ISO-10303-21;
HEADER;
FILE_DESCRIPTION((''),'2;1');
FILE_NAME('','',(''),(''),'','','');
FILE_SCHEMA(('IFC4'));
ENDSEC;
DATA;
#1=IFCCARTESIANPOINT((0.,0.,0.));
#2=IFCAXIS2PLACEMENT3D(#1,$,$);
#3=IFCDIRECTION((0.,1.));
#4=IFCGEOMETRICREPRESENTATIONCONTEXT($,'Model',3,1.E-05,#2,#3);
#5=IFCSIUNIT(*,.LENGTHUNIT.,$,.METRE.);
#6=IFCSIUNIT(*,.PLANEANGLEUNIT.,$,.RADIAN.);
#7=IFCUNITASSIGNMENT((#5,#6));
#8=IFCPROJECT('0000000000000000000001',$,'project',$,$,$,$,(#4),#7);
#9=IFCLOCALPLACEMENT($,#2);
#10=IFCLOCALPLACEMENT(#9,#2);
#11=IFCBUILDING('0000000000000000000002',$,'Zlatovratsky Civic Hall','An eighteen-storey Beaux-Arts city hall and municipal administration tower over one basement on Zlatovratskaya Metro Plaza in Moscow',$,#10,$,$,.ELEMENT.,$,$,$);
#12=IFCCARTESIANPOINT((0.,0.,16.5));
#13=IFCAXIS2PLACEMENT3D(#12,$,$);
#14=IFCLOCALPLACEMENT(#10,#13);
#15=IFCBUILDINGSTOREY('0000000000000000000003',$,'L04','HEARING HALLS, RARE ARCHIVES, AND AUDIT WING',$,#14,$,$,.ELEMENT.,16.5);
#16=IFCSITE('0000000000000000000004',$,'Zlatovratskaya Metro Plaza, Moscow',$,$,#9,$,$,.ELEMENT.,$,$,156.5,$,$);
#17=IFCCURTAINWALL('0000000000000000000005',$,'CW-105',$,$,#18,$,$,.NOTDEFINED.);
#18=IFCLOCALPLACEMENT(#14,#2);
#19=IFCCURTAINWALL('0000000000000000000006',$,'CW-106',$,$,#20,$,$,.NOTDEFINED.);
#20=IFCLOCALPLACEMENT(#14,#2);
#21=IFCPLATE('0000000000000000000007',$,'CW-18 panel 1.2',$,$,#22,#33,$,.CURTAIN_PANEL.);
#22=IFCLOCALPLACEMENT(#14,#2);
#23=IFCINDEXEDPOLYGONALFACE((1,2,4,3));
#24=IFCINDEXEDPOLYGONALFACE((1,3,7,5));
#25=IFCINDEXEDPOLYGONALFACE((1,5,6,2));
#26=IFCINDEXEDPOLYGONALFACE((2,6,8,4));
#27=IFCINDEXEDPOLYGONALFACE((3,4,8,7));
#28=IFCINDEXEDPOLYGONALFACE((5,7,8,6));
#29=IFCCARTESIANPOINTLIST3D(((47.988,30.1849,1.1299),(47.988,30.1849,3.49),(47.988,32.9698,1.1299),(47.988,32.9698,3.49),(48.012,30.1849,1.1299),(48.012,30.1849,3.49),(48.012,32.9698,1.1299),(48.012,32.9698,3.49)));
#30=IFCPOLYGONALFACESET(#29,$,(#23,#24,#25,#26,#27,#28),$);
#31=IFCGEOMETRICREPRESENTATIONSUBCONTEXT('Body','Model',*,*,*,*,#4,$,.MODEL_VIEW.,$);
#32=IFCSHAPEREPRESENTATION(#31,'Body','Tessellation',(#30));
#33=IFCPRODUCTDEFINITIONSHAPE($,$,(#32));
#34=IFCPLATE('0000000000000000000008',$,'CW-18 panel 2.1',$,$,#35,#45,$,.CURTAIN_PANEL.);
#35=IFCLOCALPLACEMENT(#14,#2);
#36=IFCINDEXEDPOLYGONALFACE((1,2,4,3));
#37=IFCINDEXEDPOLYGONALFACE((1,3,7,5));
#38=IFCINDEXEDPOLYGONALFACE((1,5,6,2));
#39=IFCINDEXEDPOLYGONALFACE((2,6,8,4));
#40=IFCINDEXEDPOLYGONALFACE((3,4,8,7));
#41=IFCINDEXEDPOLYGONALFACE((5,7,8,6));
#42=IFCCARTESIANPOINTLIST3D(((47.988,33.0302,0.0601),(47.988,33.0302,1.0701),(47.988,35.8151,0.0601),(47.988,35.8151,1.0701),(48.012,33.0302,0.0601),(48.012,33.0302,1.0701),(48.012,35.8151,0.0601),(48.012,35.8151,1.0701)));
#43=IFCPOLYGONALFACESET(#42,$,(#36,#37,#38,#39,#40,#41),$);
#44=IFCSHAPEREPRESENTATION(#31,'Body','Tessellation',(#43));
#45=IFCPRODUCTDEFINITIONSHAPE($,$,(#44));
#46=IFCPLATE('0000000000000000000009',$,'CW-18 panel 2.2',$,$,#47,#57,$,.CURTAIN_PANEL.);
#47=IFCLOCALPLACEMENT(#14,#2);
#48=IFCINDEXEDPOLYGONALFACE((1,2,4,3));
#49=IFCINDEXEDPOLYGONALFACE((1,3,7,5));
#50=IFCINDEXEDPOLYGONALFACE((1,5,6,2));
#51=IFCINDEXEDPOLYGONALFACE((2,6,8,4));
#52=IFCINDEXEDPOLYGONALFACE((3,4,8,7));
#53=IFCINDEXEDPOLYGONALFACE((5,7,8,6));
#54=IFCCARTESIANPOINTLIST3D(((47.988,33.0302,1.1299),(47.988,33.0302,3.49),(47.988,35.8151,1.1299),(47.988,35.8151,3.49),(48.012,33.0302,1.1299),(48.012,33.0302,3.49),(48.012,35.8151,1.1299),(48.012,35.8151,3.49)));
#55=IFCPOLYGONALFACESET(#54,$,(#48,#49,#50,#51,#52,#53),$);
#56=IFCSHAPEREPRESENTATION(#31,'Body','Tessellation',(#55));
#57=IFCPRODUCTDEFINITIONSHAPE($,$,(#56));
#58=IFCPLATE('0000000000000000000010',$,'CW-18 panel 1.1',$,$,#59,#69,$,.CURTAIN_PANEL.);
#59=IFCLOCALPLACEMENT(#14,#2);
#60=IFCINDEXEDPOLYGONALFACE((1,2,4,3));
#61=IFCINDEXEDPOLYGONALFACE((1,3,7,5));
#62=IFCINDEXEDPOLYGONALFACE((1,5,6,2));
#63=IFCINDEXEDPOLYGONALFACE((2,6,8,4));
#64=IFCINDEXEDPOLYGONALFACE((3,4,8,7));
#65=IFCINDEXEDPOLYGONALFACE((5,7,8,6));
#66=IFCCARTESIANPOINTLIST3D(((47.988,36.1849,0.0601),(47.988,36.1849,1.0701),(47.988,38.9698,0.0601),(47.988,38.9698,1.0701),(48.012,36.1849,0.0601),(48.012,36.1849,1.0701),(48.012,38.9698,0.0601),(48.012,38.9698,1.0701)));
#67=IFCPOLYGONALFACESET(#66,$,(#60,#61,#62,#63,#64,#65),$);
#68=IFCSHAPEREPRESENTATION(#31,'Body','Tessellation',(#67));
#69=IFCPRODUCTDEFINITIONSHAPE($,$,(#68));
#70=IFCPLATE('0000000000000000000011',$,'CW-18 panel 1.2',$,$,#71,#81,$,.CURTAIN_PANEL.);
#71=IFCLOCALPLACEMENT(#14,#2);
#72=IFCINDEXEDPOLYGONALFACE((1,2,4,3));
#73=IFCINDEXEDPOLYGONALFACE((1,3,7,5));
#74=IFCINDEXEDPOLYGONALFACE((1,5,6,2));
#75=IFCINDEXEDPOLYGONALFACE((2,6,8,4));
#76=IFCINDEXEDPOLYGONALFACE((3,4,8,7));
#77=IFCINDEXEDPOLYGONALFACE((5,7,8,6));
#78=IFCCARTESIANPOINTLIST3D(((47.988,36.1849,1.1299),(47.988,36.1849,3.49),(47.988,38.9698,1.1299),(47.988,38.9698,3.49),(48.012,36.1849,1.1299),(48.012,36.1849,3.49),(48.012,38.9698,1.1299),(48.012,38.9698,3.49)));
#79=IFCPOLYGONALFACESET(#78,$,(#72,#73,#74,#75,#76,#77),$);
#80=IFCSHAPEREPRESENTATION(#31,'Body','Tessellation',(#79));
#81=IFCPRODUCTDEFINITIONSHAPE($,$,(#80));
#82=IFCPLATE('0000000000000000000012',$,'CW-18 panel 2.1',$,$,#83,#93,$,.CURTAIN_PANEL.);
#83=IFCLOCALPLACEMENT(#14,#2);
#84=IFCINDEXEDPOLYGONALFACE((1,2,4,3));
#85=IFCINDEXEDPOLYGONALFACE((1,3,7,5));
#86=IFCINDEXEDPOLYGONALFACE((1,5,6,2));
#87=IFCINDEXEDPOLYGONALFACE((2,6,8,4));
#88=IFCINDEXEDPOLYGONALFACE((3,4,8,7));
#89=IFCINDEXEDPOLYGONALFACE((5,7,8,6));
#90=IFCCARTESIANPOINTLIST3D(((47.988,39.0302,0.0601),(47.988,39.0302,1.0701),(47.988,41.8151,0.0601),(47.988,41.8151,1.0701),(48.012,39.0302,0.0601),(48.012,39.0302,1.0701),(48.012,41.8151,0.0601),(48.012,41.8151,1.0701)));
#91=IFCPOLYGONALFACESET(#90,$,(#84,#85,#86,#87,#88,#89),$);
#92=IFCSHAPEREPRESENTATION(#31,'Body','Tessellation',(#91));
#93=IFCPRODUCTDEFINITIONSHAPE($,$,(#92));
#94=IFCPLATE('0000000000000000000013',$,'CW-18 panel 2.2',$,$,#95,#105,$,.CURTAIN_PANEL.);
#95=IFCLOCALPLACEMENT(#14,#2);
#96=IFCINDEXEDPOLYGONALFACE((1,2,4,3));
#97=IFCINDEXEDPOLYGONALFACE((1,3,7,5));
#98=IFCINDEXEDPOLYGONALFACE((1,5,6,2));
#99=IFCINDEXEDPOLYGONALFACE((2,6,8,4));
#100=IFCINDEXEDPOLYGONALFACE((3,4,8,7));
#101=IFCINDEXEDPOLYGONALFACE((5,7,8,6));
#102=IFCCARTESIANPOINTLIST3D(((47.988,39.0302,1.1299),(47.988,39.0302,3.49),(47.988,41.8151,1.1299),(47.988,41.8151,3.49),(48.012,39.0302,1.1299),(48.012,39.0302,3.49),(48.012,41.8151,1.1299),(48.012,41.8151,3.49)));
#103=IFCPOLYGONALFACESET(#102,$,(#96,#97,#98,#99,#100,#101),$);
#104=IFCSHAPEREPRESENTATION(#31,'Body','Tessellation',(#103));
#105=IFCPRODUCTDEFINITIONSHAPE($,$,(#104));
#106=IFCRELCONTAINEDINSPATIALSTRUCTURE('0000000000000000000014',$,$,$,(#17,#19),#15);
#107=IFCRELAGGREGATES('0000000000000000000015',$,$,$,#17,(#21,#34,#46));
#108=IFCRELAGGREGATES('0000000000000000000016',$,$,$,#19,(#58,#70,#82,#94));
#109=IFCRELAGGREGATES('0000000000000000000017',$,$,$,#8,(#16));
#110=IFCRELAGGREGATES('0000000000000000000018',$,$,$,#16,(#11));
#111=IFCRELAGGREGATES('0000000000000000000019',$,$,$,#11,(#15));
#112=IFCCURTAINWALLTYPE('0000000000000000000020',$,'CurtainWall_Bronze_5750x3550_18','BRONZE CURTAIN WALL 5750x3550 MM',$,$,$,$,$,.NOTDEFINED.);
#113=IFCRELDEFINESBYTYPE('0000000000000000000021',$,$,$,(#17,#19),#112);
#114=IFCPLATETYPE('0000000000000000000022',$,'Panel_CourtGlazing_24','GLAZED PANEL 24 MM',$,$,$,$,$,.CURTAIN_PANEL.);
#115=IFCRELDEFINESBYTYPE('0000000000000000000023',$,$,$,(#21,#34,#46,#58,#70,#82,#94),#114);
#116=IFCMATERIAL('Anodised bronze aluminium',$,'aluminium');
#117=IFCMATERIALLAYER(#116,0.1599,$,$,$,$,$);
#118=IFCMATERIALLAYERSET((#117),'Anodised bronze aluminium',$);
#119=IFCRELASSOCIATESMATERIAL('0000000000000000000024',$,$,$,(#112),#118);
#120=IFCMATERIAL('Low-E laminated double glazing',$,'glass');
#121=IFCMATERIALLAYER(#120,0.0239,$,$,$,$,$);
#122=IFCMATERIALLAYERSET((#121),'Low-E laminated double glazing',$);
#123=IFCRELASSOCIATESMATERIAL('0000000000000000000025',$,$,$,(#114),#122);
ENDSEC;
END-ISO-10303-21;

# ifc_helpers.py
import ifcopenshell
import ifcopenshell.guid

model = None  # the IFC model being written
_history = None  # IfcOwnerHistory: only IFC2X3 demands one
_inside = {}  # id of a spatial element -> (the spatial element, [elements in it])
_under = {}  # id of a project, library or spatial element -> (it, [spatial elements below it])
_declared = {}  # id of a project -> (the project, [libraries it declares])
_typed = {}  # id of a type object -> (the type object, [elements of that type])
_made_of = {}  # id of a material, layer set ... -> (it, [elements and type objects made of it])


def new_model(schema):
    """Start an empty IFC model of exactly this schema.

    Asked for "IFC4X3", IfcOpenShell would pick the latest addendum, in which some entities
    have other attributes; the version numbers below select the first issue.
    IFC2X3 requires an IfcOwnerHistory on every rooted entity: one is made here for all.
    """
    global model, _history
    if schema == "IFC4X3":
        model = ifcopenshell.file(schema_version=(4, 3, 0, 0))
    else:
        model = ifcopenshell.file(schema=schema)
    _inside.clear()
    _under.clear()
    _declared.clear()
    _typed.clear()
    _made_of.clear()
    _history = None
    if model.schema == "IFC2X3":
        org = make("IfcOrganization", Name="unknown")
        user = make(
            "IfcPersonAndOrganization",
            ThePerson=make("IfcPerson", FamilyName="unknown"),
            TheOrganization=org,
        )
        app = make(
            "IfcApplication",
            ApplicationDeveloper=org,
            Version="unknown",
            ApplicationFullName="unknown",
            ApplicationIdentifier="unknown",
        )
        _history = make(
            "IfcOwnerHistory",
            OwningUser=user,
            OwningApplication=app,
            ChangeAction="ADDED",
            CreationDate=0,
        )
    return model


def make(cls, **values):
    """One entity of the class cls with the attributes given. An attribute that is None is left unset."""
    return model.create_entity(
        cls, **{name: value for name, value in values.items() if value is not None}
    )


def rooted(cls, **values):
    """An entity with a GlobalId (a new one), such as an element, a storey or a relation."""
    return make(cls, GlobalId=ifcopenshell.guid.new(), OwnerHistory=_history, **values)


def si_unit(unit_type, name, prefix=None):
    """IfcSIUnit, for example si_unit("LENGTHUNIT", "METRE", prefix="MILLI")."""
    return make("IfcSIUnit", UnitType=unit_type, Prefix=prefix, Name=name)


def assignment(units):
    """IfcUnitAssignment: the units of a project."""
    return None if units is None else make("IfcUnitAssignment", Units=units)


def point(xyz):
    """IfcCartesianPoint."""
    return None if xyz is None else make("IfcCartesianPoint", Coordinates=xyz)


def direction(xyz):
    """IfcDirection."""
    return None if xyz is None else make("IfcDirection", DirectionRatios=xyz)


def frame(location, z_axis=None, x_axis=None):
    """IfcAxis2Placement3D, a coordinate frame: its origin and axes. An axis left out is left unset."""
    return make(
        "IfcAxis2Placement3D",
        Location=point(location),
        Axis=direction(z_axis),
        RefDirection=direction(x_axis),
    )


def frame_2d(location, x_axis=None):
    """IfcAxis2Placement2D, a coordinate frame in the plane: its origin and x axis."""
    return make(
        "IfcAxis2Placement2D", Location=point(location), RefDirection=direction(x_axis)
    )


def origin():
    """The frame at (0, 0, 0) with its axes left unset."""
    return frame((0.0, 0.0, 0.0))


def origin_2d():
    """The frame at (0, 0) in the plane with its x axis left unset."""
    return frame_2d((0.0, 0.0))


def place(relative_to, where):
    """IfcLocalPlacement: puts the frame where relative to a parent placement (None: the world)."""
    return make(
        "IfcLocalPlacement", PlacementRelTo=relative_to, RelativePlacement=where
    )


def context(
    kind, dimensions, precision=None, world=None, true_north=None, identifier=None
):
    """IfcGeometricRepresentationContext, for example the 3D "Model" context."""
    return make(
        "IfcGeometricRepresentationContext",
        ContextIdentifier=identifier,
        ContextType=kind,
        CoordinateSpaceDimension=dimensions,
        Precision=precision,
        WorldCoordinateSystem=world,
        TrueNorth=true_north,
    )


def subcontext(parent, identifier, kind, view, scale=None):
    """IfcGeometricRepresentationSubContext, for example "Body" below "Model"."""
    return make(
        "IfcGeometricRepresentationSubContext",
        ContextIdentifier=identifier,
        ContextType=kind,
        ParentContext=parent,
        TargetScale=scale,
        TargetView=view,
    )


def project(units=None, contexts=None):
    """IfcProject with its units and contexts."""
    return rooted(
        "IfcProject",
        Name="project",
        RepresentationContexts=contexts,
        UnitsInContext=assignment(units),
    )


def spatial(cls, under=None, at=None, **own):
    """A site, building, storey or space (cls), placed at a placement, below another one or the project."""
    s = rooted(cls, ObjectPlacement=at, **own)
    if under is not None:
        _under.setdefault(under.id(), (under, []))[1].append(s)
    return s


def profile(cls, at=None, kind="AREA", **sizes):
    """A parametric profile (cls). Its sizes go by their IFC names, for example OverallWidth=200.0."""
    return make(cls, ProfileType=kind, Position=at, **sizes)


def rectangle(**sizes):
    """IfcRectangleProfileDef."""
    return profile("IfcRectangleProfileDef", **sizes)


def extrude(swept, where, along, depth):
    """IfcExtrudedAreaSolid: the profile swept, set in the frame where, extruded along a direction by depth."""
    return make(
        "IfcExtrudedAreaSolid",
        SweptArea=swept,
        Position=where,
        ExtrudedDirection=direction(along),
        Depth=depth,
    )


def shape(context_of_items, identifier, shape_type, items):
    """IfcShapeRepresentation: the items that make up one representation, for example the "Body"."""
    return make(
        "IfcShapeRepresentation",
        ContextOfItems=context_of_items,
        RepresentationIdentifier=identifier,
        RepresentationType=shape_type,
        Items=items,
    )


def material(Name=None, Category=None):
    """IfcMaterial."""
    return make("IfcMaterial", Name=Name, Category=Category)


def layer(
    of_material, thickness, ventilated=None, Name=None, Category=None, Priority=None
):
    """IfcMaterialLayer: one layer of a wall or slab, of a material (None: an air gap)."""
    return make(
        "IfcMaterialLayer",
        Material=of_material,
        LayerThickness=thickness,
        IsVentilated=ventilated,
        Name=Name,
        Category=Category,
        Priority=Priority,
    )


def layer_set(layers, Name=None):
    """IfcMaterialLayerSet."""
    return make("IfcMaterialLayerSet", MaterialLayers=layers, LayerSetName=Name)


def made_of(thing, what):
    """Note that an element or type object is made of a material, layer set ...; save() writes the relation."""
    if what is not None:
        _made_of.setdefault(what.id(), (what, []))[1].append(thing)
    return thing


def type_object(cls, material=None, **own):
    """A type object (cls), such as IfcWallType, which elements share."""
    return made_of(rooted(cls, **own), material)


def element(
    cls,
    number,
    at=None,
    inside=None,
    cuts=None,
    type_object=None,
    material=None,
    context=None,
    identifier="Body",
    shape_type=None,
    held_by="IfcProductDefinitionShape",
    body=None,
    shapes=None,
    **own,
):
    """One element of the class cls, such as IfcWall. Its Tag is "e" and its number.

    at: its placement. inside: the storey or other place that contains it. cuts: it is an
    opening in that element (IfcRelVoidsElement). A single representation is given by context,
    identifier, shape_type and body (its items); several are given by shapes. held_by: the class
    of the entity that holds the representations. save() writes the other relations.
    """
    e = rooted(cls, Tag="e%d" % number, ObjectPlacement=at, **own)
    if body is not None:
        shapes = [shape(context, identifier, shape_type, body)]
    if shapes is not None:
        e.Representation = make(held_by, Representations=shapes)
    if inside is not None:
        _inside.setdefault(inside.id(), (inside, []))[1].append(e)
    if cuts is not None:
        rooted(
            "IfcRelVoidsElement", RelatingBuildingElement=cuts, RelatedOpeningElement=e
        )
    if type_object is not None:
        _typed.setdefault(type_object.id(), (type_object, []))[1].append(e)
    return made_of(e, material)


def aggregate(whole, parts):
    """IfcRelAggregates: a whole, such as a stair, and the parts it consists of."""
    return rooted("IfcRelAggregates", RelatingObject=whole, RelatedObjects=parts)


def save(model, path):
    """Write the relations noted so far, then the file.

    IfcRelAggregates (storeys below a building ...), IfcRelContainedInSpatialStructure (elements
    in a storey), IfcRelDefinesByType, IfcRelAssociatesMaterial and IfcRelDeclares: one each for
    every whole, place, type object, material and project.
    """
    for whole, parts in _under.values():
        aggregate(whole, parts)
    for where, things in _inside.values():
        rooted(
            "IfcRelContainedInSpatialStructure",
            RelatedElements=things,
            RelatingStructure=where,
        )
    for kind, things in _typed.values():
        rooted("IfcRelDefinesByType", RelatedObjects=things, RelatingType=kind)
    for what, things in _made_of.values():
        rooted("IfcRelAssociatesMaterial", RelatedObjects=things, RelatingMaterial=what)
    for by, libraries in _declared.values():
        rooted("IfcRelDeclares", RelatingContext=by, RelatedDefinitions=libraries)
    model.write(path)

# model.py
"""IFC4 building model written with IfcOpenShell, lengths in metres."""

from ifc_helpers import new_model, si_unit, direction, frame, origin, origin_2d, place, context, subcontext, project, spatial, rectangle, extrude, material, layer, layer_set, type_object, element, aggregate, save


model = new_model("IFC4")

# Units and contexts
model_context = context("Model", 3, precision=1e-05, world=origin(), true_north=direction((0.0, 1.0)))
body_context = subcontext(model_context, "Body", "Model", "MODEL_VIEW")
ifc_project = project(units=[si_unit("LENGTHUNIT", "METRE"), si_unit("PLANEANGLEUNIT", "RADIAN")], contexts=[model_context])

# Site, building, storey
site_placement = place(None, origin())
site = spatial("IfcSite", under=ifc_project, at=site_placement, Name="Zlatovratskaya Metro Plaza, Moscow", CompositionType="ELEMENT", RefElevation=156.5)
building_placement = place(site_placement, origin())
building = spatial("IfcBuilding", under=site, at=building_placement, Name="Zlatovratsky Civic Hall", Description="An eighteen-storey Beaux-Arts city hall and municipal administration tower over one basement on Zlatovratskaya Metro Plaza in Moscow", CompositionType="ELEMENT")
storey_placement = place(building_placement, frame((0.0, 0.0, 16.5)))
storey = spatial("IfcBuildingStorey", under=building, at=storey_placement, Name="L04", Description="HEARING HALLS, RARE ARCHIVES, AND AUDIT WING", CompositionType="ELEMENT", Elevation=16.5)

# Curtain walls
ifc_material_1 = material(Name="Anodised bronze aluminium", Category="aluminium")
ifc_layer_1 = layer(ifc_material_1, 0.1599)
ifc_layer_set_1 = layer_set([ifc_layer_1], Name="Anodised bronze aluminium")
curtain_wall_type = type_object("IfcCurtainWallType", Name="CurtainWall_Bronze_5750x3550_18", Description="BRONZE CURTAIN WALL 5750x3550 MM", PredefinedType="NOTDEFINED", material=ifc_layer_set_1)
curtain_wall_1_placement = place(storey_placement, origin())
curtain_wall_1 = element("IfcCurtainWall", 1, at=curtain_wall_1_placement, inside=storey, type_object=curtain_wall_type, Name="CW-105", PredefinedType="NOTDEFINED")
curtain_wall_2_placement = place(storey_placement, origin())
curtain_wall_2 = element("IfcCurtainWall", 2, at=curtain_wall_2_placement, inside=storey, type_object=curtain_wall_type, Name="CW-106", PredefinedType="NOTDEFINED")

# Plates
ifc_material_2 = material(Name="Low-E laminated double glazing", Category="glass")
ifc_layer_2 = layer(ifc_material_2, 0.0239)
ifc_layer_set_2 = layer_set([ifc_layer_2], Name="Low-E laminated double glazing")
plate_type = type_object("IfcPlateType", Name="Panel_CourtGlazing_24", Description="GLAZED PANEL 24 MM", PredefinedType="CURTAIN_PANEL", material=ifc_layer_set_2)
plate_1_placement = place(storey_placement, frame((48.0, 31.5774, 1.1299), z_axis=(0.0, 0.0, 1.0), x_axis=(0.0, 1.0, 0.0)))
plate_1 = element("IfcPlate", 3, at=plate_1_placement, type_object=plate_type, Name="CW-18 panel 1.2", PredefinedType="CURTAIN_PANEL", context=body_context, shape_type="SweptSolid", body=[
    extrude(rectangle(XDim=2.7849, YDim=0.0239, at=origin_2d()), origin(), (0.0, 0.0, 1.0), 2.3601),
])
plate_2_placement = place(storey_placement, frame((48.0, 34.4226, 0.0601), z_axis=(0.0, 0.0, 1.0), x_axis=(0.0, 1.0, 0.0)))
plate_2 = element("IfcPlate", 4, at=plate_2_placement, type_object=plate_type, Name="CW-18 panel 2.1", PredefinedType="CURTAIN_PANEL", context=body_context, shape_type="SweptSolid", body=[
    extrude(rectangle(XDim=2.7849, YDim=0.0239, at=origin_2d()), origin(), (0.0, 0.0, 1.0), 1.01),
])
plate_3_placement = place(storey_placement, frame((48.0, 34.4226, 1.1299), z_axis=(0.0, 0.0, 1.0), x_axis=(0.0, 1.0, 0.0)))
plate_3 = element("IfcPlate", 5, at=plate_3_placement, type_object=plate_type, Name="CW-18 panel 2.2", PredefinedType="CURTAIN_PANEL", context=body_context, shape_type="SweptSolid", body=[
    extrude(rectangle(XDim=2.7849, YDim=0.0239, at=origin_2d()), origin(), (0.0, 0.0, 1.0), 2.3601),
])
aggregate(curtain_wall_1, [plate_1, plate_2, plate_3])
plate_4_placement = place(storey_placement, frame((48.0, 37.5774, 0.0601), z_axis=(0.0, 0.0, 1.0), x_axis=(0.0, 1.0, 0.0)))
plate_4 = element("IfcPlate", 6, at=plate_4_placement, type_object=plate_type, Name="CW-18 panel 1.1", PredefinedType="CURTAIN_PANEL", context=body_context, shape_type="SweptSolid", body=[
    extrude(rectangle(XDim=2.7849, YDim=0.0239, at=origin_2d()), origin(), (0.0, 0.0, 1.0), 1.01),
])
plate_5_placement = place(storey_placement, frame((48.0, 37.5774, 1.1299), z_axis=(0.0, 0.0, 1.0), x_axis=(0.0, 1.0, 0.0)))
plate_5 = element("IfcPlate", 7, at=plate_5_placement, type_object=plate_type, Name="CW-18 panel 1.2", PredefinedType="CURTAIN_PANEL", context=body_context, shape_type="SweptSolid", body=[
    extrude(rectangle(XDim=2.7849, YDim=0.0239, at=origin_2d()), origin(), (0.0, 0.0, 1.0), 2.3601),
])
plate_6_placement = place(storey_placement, frame((48.0, 40.4226, 0.0601), z_axis=(0.0, 0.0, 1.0), x_axis=(0.0, 1.0, 0.0)))
plate_6 = element("IfcPlate", 8, at=plate_6_placement, type_object=plate_type, Name="CW-18 panel 2.1", PredefinedType="CURTAIN_PANEL", context=body_context, shape_type="SweptSolid", body=[
    extrude(rectangle(XDim=2.7849, YDim=0.0239, at=origin_2d()), origin(), (0.0, 0.0, 1.0), 1.01),
])
plate_7_placement = place(storey_placement, frame((48.0, 40.4226, 1.1299), z_axis=(0.0, 0.0, 1.0), x_axis=(0.0, 1.0, 0.0)))
plate_7 = element("IfcPlate", 9, at=plate_7_placement, type_object=plate_type, Name="CW-18 panel 2.2", PredefinedType="CURTAIN_PANEL", context=body_context, shape_type="SweptSolid", body=[
    extrude(rectangle(XDim=2.7849, YDim=0.0239, at=origin_2d()), origin(), (0.0, 0.0, 1.0), 2.3601),
])
aggregate(curtain_wall_2, [plate_4, plate_5, plate_6, plate_7])

save(model, "model.ifc")
